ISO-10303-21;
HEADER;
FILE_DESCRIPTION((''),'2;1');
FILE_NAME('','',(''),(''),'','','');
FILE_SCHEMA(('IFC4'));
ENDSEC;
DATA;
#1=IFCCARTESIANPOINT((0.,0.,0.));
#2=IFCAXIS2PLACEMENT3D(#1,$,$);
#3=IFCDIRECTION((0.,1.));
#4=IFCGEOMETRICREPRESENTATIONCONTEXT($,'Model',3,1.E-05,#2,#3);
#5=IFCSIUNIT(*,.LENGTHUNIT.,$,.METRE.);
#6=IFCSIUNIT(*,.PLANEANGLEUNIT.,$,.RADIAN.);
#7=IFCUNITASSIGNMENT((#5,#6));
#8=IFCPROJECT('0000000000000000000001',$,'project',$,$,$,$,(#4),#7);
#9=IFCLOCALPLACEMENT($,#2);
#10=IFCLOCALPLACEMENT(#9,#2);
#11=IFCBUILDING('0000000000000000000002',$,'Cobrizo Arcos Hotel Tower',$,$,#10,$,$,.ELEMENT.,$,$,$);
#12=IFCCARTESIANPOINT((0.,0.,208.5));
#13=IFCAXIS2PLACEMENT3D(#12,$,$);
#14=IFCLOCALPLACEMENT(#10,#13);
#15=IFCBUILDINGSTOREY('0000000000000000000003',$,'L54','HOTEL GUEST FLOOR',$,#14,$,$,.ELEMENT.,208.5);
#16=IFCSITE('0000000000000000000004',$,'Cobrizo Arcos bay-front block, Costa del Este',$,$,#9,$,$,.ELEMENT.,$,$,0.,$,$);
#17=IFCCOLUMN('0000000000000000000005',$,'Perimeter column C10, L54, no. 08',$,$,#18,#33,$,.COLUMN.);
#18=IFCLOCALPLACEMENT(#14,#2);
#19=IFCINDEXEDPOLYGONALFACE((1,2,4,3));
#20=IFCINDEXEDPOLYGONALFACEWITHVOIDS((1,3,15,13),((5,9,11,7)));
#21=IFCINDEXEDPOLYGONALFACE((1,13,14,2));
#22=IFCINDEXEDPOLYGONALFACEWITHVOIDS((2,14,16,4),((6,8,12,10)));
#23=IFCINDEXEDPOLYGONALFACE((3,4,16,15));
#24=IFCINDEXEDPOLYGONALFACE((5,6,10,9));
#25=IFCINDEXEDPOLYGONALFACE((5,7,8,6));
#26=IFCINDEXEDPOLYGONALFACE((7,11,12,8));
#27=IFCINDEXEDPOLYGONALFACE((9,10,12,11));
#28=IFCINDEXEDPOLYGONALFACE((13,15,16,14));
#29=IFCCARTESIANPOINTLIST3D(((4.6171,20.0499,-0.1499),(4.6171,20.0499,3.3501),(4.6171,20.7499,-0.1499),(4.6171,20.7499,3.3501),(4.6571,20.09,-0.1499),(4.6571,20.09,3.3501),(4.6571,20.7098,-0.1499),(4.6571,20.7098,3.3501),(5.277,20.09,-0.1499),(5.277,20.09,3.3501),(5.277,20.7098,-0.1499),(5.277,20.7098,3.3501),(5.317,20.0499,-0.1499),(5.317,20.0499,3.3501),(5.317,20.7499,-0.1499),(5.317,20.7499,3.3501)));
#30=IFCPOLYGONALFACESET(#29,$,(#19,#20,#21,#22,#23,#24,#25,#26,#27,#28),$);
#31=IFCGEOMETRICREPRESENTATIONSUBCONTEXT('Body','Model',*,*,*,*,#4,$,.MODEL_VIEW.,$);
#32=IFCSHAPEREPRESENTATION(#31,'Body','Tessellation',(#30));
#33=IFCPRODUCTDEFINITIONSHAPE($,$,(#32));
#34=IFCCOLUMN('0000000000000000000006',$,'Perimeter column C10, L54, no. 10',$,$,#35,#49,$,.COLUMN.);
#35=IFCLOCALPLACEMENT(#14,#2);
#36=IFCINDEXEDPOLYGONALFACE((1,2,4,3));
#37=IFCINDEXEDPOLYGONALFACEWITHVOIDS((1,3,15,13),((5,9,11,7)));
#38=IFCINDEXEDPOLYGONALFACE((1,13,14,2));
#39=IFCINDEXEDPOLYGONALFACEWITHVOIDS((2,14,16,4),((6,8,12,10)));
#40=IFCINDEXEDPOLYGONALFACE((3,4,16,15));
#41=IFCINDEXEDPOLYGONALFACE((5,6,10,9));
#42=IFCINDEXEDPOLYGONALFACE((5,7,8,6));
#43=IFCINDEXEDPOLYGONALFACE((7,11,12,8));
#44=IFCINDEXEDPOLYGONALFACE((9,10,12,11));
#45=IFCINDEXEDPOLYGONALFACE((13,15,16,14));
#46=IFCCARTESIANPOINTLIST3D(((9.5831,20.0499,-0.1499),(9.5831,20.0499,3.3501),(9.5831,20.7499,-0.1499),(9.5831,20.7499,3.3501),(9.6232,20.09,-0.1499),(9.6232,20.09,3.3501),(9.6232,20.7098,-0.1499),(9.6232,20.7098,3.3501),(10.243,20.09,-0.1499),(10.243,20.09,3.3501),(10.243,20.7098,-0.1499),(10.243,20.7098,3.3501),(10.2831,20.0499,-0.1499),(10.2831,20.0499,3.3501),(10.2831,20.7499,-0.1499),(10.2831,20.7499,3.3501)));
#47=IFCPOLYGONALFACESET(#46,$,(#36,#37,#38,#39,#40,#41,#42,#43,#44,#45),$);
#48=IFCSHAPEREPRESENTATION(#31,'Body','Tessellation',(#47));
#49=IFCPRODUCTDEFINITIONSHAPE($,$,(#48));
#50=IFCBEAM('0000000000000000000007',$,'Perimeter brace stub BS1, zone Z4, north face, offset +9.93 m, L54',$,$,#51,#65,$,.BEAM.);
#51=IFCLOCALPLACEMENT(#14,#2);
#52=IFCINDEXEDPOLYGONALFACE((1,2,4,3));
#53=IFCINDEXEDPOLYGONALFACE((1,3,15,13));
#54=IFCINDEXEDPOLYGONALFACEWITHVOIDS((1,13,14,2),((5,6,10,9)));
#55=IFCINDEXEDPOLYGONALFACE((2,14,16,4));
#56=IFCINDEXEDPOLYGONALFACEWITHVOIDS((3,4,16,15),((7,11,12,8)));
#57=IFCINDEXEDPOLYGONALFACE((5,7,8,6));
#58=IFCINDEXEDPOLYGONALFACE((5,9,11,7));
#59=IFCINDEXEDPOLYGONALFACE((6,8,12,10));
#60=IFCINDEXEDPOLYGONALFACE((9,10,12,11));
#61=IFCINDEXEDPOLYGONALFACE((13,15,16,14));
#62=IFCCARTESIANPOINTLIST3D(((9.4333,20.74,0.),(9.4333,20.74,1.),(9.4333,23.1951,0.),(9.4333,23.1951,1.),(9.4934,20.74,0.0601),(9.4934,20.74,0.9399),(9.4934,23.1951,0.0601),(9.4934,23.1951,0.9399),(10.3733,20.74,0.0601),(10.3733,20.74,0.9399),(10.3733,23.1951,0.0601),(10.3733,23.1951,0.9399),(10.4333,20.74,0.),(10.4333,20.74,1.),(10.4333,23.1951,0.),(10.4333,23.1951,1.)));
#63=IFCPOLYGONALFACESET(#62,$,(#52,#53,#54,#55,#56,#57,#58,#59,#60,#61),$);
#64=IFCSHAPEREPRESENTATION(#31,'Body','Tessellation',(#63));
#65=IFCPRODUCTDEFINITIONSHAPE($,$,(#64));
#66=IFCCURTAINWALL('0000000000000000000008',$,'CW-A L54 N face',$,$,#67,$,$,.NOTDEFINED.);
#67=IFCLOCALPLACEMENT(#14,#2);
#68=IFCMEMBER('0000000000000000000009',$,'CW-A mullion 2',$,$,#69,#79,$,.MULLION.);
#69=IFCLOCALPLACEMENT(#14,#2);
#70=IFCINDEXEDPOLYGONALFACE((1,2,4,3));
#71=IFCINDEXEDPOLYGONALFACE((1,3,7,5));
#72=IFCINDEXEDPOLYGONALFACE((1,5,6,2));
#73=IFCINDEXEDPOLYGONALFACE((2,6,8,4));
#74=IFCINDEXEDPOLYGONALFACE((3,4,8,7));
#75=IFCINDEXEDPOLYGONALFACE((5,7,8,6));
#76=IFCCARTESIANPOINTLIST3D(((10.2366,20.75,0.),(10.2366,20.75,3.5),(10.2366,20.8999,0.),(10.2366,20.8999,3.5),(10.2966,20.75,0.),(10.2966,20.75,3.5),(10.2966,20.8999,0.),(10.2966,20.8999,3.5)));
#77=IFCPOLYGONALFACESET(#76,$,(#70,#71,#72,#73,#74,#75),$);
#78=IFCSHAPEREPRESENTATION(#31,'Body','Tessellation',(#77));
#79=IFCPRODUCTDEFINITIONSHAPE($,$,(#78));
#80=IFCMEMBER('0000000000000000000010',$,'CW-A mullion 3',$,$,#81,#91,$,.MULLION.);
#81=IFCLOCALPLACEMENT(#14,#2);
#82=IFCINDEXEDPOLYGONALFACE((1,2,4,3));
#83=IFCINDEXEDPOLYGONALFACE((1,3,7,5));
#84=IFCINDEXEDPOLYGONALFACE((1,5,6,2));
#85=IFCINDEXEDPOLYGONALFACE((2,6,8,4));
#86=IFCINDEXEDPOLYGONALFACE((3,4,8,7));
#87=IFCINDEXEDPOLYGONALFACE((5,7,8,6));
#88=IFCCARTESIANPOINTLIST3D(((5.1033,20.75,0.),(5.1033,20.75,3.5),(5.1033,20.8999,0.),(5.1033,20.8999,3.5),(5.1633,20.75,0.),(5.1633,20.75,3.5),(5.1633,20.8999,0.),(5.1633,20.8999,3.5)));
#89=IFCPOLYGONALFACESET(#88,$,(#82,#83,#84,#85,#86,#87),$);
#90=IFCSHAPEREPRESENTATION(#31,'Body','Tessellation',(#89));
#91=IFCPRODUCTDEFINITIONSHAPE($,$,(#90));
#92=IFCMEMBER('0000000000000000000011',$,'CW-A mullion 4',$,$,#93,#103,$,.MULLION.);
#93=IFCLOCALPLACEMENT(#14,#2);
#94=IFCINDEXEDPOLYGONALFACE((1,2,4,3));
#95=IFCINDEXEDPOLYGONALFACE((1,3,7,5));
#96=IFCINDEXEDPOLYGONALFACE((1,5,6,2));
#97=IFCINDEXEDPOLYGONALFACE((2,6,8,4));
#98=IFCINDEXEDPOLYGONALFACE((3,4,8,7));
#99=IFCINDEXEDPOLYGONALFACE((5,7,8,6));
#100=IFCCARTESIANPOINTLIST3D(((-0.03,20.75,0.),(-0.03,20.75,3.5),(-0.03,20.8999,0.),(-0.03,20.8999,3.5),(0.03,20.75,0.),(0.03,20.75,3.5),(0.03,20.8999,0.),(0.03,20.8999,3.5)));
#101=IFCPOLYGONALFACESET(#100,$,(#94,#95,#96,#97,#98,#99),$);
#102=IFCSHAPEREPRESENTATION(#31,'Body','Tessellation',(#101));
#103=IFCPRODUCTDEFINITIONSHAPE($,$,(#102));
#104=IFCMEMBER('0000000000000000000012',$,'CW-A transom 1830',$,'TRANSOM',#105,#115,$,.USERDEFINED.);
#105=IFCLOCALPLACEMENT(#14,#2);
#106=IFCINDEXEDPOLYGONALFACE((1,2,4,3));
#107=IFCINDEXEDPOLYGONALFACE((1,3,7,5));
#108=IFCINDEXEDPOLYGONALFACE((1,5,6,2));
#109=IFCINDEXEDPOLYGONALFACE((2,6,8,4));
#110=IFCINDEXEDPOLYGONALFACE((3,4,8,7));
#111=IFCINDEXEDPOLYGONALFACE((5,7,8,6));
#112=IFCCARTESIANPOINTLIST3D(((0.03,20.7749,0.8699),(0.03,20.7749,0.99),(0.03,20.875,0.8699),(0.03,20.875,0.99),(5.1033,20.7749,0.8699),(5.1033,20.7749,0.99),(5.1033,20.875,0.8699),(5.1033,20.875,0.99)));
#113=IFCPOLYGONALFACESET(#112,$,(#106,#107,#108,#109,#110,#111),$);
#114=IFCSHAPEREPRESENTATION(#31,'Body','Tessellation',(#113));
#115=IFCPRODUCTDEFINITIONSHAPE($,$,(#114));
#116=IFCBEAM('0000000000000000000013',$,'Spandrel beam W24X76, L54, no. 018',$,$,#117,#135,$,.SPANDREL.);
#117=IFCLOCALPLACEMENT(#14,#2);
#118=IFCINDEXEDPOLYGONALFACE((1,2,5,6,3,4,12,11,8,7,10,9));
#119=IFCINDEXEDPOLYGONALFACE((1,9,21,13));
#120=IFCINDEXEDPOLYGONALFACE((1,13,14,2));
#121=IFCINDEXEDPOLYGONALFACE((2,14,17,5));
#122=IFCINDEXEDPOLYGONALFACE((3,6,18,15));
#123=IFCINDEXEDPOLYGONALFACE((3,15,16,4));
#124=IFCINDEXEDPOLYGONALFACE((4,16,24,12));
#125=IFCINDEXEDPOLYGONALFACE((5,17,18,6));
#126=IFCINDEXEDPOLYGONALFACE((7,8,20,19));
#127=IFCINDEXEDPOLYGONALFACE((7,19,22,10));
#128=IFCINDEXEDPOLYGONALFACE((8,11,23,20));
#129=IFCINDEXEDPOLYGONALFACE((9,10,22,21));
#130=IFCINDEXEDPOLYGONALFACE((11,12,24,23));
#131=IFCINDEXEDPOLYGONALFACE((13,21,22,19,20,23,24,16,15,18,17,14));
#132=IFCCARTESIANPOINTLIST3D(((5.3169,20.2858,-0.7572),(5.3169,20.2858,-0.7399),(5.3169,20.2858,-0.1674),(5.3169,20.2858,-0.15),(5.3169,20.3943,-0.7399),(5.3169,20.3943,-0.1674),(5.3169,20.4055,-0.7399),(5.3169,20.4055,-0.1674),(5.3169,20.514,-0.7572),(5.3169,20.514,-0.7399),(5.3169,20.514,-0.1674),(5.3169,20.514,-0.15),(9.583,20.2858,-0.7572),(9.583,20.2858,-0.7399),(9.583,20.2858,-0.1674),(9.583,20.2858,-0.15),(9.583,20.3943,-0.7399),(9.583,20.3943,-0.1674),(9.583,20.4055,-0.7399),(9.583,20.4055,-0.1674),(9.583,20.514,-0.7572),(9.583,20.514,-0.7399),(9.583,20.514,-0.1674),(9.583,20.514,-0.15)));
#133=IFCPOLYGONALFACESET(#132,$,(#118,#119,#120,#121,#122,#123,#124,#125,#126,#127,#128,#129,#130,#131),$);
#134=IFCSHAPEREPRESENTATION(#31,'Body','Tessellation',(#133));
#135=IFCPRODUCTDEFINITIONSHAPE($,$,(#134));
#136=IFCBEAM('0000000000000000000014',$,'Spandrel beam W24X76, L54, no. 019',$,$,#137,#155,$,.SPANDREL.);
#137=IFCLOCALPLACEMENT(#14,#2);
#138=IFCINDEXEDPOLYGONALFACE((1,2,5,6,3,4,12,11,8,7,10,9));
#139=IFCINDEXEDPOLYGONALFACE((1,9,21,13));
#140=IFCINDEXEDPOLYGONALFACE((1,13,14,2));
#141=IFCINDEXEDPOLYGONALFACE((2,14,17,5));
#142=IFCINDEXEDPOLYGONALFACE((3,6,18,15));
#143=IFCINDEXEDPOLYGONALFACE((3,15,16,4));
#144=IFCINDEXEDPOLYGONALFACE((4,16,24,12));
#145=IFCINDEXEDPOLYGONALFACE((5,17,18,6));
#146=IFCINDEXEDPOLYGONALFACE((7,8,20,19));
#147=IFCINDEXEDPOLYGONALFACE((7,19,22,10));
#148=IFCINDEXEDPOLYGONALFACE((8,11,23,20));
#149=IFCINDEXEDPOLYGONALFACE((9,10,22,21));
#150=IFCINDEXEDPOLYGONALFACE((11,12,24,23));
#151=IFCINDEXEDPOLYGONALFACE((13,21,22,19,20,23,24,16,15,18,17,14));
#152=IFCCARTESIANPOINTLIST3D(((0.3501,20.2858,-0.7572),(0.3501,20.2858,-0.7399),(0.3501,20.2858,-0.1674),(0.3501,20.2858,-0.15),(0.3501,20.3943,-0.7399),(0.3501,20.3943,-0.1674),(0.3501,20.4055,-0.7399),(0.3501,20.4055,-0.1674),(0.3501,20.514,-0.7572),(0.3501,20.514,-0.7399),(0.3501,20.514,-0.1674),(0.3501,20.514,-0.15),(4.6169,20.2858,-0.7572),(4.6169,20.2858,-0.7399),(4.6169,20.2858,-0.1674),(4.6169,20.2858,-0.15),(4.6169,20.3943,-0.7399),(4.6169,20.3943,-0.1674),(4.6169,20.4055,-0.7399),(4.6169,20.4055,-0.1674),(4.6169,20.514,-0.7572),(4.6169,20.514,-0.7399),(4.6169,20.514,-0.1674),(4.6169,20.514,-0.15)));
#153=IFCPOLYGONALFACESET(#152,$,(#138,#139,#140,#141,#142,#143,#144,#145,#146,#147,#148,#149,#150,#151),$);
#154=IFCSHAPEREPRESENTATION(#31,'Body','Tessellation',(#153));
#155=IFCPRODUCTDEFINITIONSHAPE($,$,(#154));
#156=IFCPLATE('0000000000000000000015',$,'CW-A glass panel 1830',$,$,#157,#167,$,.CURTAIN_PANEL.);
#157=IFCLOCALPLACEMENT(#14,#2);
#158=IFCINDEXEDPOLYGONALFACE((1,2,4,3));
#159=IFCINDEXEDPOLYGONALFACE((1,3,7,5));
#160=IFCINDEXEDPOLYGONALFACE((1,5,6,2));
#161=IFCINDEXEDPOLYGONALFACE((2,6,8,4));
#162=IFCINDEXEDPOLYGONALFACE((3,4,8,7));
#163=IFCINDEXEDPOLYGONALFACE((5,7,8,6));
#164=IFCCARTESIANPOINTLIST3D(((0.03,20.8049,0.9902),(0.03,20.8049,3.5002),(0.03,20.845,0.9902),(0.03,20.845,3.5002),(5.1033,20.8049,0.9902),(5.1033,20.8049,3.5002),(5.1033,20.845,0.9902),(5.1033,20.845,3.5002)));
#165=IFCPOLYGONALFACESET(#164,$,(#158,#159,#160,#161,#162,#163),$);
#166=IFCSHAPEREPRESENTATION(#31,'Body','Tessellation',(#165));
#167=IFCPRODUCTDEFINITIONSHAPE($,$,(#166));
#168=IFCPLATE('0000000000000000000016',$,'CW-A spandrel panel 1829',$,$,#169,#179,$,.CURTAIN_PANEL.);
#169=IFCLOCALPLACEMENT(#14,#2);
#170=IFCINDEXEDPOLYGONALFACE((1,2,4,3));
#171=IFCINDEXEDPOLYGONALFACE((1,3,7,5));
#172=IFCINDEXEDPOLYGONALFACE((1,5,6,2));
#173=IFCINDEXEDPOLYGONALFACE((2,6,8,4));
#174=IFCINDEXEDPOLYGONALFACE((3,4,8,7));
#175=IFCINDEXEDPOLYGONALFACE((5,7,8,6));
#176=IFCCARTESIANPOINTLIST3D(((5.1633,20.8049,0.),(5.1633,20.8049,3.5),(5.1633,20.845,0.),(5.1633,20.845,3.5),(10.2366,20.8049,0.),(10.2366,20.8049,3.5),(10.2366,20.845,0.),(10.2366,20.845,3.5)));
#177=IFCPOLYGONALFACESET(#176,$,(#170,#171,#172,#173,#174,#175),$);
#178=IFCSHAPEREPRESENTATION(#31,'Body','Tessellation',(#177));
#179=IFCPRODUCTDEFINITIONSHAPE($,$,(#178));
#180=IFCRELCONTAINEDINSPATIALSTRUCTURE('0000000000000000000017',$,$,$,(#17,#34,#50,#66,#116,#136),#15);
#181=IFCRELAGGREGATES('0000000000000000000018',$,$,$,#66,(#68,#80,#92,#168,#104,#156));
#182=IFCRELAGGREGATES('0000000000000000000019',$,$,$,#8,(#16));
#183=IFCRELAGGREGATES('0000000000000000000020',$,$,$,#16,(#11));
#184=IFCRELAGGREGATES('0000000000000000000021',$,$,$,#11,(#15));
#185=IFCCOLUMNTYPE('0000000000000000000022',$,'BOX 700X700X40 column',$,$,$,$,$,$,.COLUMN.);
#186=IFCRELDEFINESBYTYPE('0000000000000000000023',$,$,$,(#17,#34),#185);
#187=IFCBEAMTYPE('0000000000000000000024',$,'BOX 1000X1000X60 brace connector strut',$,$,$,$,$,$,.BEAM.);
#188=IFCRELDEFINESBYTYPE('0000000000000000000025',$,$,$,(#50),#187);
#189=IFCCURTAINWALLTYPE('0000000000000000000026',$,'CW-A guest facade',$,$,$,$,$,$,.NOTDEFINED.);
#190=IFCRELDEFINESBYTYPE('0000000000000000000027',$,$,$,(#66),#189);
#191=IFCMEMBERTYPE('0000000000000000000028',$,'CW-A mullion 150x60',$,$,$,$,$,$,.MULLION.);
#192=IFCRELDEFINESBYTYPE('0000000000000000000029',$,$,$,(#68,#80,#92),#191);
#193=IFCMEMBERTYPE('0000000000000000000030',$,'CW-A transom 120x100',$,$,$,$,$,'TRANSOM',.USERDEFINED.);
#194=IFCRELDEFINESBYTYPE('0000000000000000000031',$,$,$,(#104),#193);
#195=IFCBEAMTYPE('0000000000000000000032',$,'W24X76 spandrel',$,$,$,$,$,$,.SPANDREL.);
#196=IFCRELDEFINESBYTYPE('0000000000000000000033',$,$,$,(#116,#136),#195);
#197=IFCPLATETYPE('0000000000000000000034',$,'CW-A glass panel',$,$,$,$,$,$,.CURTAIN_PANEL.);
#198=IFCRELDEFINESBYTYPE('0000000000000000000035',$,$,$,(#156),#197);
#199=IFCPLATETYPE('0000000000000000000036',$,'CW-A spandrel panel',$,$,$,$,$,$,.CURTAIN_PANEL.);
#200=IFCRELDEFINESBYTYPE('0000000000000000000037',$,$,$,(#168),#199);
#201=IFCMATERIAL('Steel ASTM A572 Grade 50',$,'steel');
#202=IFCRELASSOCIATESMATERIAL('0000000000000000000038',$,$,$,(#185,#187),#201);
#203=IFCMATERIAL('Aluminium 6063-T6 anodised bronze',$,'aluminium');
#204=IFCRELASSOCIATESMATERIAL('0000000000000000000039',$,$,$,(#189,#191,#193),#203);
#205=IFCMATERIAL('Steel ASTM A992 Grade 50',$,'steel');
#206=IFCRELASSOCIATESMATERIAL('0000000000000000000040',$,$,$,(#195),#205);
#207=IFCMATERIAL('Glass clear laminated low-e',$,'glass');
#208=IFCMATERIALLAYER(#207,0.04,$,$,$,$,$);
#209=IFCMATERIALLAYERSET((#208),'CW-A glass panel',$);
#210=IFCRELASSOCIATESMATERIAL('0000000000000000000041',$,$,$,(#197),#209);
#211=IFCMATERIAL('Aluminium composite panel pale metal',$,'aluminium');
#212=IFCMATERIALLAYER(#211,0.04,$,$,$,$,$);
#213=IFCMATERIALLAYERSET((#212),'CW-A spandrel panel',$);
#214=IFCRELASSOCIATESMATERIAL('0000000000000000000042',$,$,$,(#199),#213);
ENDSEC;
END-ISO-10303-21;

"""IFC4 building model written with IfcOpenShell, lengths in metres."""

from ifc_helpers import new_model, si_unit, direction, frame, origin, origin_2d, place, context, subcontext, project, spatial, rectangle, hollow_rectangle, i_section, extrude, material, layer, layer_set, material_profile, profile_set, type_object, element, aggregate, save


model = new_model("IFC4")

# Units and contexts
model_context = context("Model", 3, precision=1e-05, world=origin(), true_north=direction((0.0, 1.0)))
body_context = subcontext(model_context, "Body", "Model", "MODEL_VIEW")
ifc_project = project(units=[si_unit("LENGTHUNIT", "METRE"), si_unit("PLANEANGLEUNIT", "RADIAN")], contexts=[model_context])

# Site, building, storey
site_placement = place(None, origin())
site = spatial("IfcSite", under=ifc_project, at=site_placement, Name="Cobrizo Arcos bay-front block, Costa del Este", CompositionType="ELEMENT", RefElevation=0.0)
building_placement = place(site_placement, origin())
building = spatial("IfcBuilding", under=site, at=building_placement, Name="Cobrizo Arcos Hotel Tower", CompositionType="ELEMENT")
storey_placement = place(building_placement, frame((0.0, 0.0, 208.5)))
storey = spatial("IfcBuildingStorey", under=building, at=storey_placement, Name="L54", Description="HOTEL GUEST FLOOR", CompositionType="ELEMENT", Elevation=208.5)

# Columns
ifc_material_1 = material(Name="Steel ASTM A572 Grade 50", Category="steel")
ifc_material_profile_1 = material_profile(ifc_material_1, hollow_rectangle(XDim=0.7, YDim=0.7, WallThickness=0.04, at=origin_2d()), Name="BOX 700X700X40")
ifc_profile_set_1 = profile_set([ifc_material_profile_1], Name="Steel ASTM A572 Grade 50")
column_type = type_object("IfcColumnType", Name="BOX 700X700X40 column", PredefinedType="COLUMN", material=ifc_profile_set_1)
for number, where, z_axis, x_axis, name in (
    (1, (4.967, 20.3999, -0.1499), (0.0, 0.0, 1.0), (1.0, 0.0, 0.0), "Perimeter column C10, L54, no. 08"),
    (2, (9.9331, 20.3999, -0.1499), (0.0, 0.0, 1.0), (1.0, 0.0, 0.0), "Perimeter column C10, L54, no. 10"),
):
    element("IfcColumn", number, at=place(storey_placement, frame(where, z_axis=z_axis, x_axis=x_axis)), inside=storey, type_object=column_type, Name=name, PredefinedType="COLUMN", context=body_context, shape_type="SweptSolid", body=[
        extrude(hollow_rectangle(XDim=0.7, YDim=0.7, WallThickness=0.04, at=origin_2d()), origin(), (0.0, 0.0, 1.0), 3.5),
    ])

# Beam
ifc_material_profile_2 = material_profile(ifc_material_1, hollow_rectangle(XDim=1.0, YDim=1.0, WallThickness=0.0601, at=origin_2d()), Name="BOX 1000X1000X60")
ifc_profile_set_2 = profile_set([ifc_material_profile_2], Name="Steel ASTM A572 Grade 50")
beam_type_1 = type_object("IfcBeamType", Name="BOX 1000X1000X60 brace connector strut", PredefinedType="BEAM", material=ifc_profile_set_2)
beam_1_placement = place(storey_placement, frame((9.9333, 20.74, 0.5), z_axis=(0.0, 1.0, 0.0), x_axis=(-1.0, 0.0, 0.0)))
element("IfcBeam", 3, at=beam_1_placement, inside=storey, type_object=beam_type_1, Name="Perimeter brace stub BS1, zone Z4, north face, offset +9.93 m, L54", PredefinedType="BEAM", context=body_context, shape_type="SweptSolid", body=[
    extrude(hollow_rectangle(XDim=1.0, YDim=1.0, WallThickness=0.0601, at=origin_2d()), origin(), (0.0, 0.0, 1.0), 2.4551),
])

# Curtain wall, members
ifc_material_2 = material(Name="Aluminium 6063-T6 anodised bronze", Category="aluminium")
curtain_wall_type = type_object("IfcCurtainWallType", Name="CW-A guest facade", PredefinedType="NOTDEFINED", material=ifc_material_2)
curtain_wall_placement = place(storey_placement, origin())
curtain_wall = element("IfcCurtainWall", 4, at=curtain_wall_placement, inside=storey, type_object=curtain_wall_type, Name="CW-A L54 N face", PredefinedType="NOTDEFINED")
ifc_material_profile_3 = material_profile(ifc_material_2, rectangle(XDim=0.1499, YDim=0.0601, at=origin_2d()), Name="CW-A mullion 150x60")
ifc_profile_set_3 = profile_set([ifc_material_profile_3], Name="Aluminium 6063-T6 anodised bronze")
member_type_1 = type_object("IfcMemberType", Name="CW-A mullion 150x60", PredefinedType="MULLION", material=ifc_profile_set_3)
member_1_placement = place(storey_placement, frame((10.2666, 20.825, 0.0), z_axis=(0.0, 0.0, 1.0), x_axis=(0.0, 1.0, 0.0)))
member_1 = element("IfcMember", 5, at=member_1_placement, type_object=member_type_1, Name="CW-A mullion 2", PredefinedType="MULLION", context=body_context, shape_type="SweptSolid", body=[
    extrude(rectangle(XDim=0.1499, YDim=0.0601, at=origin_2d()), origin(), (0.0, 0.0, 1.0), 3.5),
])
member_2_placement = place(storey_placement, frame((5.1333, 20.825, 0.0), z_axis=(0.0, 0.0, 1.0), x_axis=(0.0, 1.0, 0.0)))
member_2 = element("IfcMember", 6, at=member_2_placement, type_object=member_type_1, Name="CW-A mullion 3", PredefinedType="MULLION", context=body_context, shape_type="SweptSolid", body=[
    extrude(rectangle(XDim=0.1499, YDim=0.0601, at=origin_2d()), origin(), (0.0, 0.0, 1.0), 3.5),
])
member_3_placement = place(storey_placement, frame((0.0, 20.825, 0.0), z_axis=(0.0, 0.0, 1.0), x_axis=(0.0, 1.0, 0.0)))
member_3 = element("IfcMember", 7, at=member_3_placement, type_object=member_type_1, Name="CW-A mullion 4", PredefinedType="MULLION", context=body_context, shape_type="SweptSolid", body=[
    extrude(rectangle(XDim=0.1499, YDim=0.0601, at=origin_2d()), origin(), (0.0, 0.0, 1.0), 3.5),
])
ifc_material_profile_4 = material_profile(ifc_material_2, rectangle(XDim=0.1001, YDim=0.1201, at=origin_2d()), Name="CW-A transom 120x100")
ifc_profile_set_4 = profile_set([ifc_material_profile_4], Name="Aluminium 6063-T6 anodised bronze")
member_type_2 = type_object("IfcMemberType", Name="CW-A transom 120x100", ElementType="TRANSOM", PredefinedType="USERDEFINED", material=ifc_profile_set_4)
member_4_placement = place(storey_placement, frame((5.1033, 20.825, 0.9299), z_axis=(-1.0, 0.0, 0.0), x_axis=(0.0, -1.0, 0.0)))
member_4 = element("IfcMember", 8, at=member_4_placement, type_object=member_type_2, Name="CW-A transom 1830", ObjectType="TRANSOM", PredefinedType="USERDEFINED", context=body_context, shape_type="SweptSolid", body=[
    extrude(rectangle(XDim=0.1001, YDim=0.1201, at=origin_2d()), origin(), (0.0, 0.0, 1.0), 5.0732),
])

# Beams
ifc_material_3 = material(Name="Steel ASTM A992 Grade 50", Category="steel")
ifc_material_profile_5 = material_profile(ifc_material_3, i_section(OverallWidth=0.2283, OverallDepth=0.6072, WebThickness=0.0112, FlangeThickness=0.0173, at=origin_2d()), Name="W24X76")
ifc_profile_set_5 = profile_set([ifc_material_profile_5], Name="Steel ASTM A992 Grade 50")
beam_type_2 = type_object("IfcBeamType", Name="W24X76 spandrel", PredefinedType="SPANDREL", material=ifc_profile_set_5)
beam_2_placement = place(storey_placement, frame((9.583, 20.3999, -0.4536), z_axis=(-1.0, 0.0, 0.0), x_axis=(0.0, -1.0, 0.0)))
element("IfcBeam", 9, at=beam_2_placement, inside=storey, type_object=beam_type_2, Name="Spandrel beam W24X76, L54, no. 018", PredefinedType="SPANDREL", context=body_context, shape_type="SweptSolid", body=[
    extrude(i_section(OverallWidth=0.2283, OverallDepth=0.6072, WebThickness=0.0112, FlangeThickness=0.0173, at=origin_2d()), origin(), (0.0, 0.0, 1.0), 4.2661),
])
beam_3_placement = place(storey_placement, frame((4.6169, 20.3999, -0.4536), z_axis=(-1.0, 0.0, 0.0), x_axis=(0.0, -1.0, 0.0)))
element("IfcBeam", 10, at=beam_3_placement, inside=storey, type_object=beam_type_2, Name="Spandrel beam W24X76, L54, no. 019", PredefinedType="SPANDREL", context=body_context, shape_type="SweptSolid", body=[
    extrude(i_section(OverallWidth=0.2283, OverallDepth=0.6072, WebThickness=0.0112, FlangeThickness=0.0173, at=origin_2d()), origin(), (0.0, 0.0, 1.0), 4.2668),
])

# Plates
ifc_material_4 = material(Name="Glass clear laminated low-e", Category="glass")
ifc_layer_1 = layer(ifc_material_4, 0.04)
ifc_layer_set_1 = layer_set([ifc_layer_1], Name="CW-A glass panel")
plate_type_1 = type_object("IfcPlateType", Name="CW-A glass panel", PredefinedType="CURTAIN_PANEL", material=ifc_layer_set_1)
plate_1_placement = place(storey_placement, frame((2.5667, 20.825, 0.9902), z_axis=(0.0, 0.0, 1.0), x_axis=(-1.0, 0.0, 0.0)))
plate_1 = element("IfcPlate", 11, at=plate_1_placement, type_object=plate_type_1, Name="CW-A glass panel 1830", PredefinedType="CURTAIN_PANEL", context=body_context, shape_type="SweptSolid", body=[
    extrude(rectangle(XDim=5.0732, YDim=0.04, at=origin_2d()), origin(), (0.0, 0.0, 1.0), 2.51),
])
ifc_material_5 = material(Name="Aluminium composite panel pale metal", Category="aluminium")
ifc_layer_2 = layer(ifc_material_5, 0.04)
ifc_layer_set_2 = layer_set([ifc_layer_2], Name="CW-A spandrel panel")
plate_type_2 = type_object("IfcPlateType", Name="CW-A spandrel panel", PredefinedType="CURTAIN_PANEL", material=ifc_layer_set_2)
plate_2_placement = place(storey_placement, frame((7.7, 20.825, 0.0), z_axis=(0.0, 0.0, 1.0), x_axis=(-1.0, 0.0, 0.0)))
plate_2 = element("IfcPlate", 12, at=plate_2_placement, type_object=plate_type_2, Name="CW-A spandrel panel 1829", PredefinedType="CURTAIN_PANEL", context=body_context, shape_type="SweptSolid", body=[
    extrude(rectangle(XDim=5.0732, YDim=0.04, at=origin_2d()), origin(), (0.0, 0.0, 1.0), 3.5),
])
aggregate(curtain_wall, [member_1, member_2, member_3, plate_2, member_4, plate_1])

save(model, "model.ifc")
